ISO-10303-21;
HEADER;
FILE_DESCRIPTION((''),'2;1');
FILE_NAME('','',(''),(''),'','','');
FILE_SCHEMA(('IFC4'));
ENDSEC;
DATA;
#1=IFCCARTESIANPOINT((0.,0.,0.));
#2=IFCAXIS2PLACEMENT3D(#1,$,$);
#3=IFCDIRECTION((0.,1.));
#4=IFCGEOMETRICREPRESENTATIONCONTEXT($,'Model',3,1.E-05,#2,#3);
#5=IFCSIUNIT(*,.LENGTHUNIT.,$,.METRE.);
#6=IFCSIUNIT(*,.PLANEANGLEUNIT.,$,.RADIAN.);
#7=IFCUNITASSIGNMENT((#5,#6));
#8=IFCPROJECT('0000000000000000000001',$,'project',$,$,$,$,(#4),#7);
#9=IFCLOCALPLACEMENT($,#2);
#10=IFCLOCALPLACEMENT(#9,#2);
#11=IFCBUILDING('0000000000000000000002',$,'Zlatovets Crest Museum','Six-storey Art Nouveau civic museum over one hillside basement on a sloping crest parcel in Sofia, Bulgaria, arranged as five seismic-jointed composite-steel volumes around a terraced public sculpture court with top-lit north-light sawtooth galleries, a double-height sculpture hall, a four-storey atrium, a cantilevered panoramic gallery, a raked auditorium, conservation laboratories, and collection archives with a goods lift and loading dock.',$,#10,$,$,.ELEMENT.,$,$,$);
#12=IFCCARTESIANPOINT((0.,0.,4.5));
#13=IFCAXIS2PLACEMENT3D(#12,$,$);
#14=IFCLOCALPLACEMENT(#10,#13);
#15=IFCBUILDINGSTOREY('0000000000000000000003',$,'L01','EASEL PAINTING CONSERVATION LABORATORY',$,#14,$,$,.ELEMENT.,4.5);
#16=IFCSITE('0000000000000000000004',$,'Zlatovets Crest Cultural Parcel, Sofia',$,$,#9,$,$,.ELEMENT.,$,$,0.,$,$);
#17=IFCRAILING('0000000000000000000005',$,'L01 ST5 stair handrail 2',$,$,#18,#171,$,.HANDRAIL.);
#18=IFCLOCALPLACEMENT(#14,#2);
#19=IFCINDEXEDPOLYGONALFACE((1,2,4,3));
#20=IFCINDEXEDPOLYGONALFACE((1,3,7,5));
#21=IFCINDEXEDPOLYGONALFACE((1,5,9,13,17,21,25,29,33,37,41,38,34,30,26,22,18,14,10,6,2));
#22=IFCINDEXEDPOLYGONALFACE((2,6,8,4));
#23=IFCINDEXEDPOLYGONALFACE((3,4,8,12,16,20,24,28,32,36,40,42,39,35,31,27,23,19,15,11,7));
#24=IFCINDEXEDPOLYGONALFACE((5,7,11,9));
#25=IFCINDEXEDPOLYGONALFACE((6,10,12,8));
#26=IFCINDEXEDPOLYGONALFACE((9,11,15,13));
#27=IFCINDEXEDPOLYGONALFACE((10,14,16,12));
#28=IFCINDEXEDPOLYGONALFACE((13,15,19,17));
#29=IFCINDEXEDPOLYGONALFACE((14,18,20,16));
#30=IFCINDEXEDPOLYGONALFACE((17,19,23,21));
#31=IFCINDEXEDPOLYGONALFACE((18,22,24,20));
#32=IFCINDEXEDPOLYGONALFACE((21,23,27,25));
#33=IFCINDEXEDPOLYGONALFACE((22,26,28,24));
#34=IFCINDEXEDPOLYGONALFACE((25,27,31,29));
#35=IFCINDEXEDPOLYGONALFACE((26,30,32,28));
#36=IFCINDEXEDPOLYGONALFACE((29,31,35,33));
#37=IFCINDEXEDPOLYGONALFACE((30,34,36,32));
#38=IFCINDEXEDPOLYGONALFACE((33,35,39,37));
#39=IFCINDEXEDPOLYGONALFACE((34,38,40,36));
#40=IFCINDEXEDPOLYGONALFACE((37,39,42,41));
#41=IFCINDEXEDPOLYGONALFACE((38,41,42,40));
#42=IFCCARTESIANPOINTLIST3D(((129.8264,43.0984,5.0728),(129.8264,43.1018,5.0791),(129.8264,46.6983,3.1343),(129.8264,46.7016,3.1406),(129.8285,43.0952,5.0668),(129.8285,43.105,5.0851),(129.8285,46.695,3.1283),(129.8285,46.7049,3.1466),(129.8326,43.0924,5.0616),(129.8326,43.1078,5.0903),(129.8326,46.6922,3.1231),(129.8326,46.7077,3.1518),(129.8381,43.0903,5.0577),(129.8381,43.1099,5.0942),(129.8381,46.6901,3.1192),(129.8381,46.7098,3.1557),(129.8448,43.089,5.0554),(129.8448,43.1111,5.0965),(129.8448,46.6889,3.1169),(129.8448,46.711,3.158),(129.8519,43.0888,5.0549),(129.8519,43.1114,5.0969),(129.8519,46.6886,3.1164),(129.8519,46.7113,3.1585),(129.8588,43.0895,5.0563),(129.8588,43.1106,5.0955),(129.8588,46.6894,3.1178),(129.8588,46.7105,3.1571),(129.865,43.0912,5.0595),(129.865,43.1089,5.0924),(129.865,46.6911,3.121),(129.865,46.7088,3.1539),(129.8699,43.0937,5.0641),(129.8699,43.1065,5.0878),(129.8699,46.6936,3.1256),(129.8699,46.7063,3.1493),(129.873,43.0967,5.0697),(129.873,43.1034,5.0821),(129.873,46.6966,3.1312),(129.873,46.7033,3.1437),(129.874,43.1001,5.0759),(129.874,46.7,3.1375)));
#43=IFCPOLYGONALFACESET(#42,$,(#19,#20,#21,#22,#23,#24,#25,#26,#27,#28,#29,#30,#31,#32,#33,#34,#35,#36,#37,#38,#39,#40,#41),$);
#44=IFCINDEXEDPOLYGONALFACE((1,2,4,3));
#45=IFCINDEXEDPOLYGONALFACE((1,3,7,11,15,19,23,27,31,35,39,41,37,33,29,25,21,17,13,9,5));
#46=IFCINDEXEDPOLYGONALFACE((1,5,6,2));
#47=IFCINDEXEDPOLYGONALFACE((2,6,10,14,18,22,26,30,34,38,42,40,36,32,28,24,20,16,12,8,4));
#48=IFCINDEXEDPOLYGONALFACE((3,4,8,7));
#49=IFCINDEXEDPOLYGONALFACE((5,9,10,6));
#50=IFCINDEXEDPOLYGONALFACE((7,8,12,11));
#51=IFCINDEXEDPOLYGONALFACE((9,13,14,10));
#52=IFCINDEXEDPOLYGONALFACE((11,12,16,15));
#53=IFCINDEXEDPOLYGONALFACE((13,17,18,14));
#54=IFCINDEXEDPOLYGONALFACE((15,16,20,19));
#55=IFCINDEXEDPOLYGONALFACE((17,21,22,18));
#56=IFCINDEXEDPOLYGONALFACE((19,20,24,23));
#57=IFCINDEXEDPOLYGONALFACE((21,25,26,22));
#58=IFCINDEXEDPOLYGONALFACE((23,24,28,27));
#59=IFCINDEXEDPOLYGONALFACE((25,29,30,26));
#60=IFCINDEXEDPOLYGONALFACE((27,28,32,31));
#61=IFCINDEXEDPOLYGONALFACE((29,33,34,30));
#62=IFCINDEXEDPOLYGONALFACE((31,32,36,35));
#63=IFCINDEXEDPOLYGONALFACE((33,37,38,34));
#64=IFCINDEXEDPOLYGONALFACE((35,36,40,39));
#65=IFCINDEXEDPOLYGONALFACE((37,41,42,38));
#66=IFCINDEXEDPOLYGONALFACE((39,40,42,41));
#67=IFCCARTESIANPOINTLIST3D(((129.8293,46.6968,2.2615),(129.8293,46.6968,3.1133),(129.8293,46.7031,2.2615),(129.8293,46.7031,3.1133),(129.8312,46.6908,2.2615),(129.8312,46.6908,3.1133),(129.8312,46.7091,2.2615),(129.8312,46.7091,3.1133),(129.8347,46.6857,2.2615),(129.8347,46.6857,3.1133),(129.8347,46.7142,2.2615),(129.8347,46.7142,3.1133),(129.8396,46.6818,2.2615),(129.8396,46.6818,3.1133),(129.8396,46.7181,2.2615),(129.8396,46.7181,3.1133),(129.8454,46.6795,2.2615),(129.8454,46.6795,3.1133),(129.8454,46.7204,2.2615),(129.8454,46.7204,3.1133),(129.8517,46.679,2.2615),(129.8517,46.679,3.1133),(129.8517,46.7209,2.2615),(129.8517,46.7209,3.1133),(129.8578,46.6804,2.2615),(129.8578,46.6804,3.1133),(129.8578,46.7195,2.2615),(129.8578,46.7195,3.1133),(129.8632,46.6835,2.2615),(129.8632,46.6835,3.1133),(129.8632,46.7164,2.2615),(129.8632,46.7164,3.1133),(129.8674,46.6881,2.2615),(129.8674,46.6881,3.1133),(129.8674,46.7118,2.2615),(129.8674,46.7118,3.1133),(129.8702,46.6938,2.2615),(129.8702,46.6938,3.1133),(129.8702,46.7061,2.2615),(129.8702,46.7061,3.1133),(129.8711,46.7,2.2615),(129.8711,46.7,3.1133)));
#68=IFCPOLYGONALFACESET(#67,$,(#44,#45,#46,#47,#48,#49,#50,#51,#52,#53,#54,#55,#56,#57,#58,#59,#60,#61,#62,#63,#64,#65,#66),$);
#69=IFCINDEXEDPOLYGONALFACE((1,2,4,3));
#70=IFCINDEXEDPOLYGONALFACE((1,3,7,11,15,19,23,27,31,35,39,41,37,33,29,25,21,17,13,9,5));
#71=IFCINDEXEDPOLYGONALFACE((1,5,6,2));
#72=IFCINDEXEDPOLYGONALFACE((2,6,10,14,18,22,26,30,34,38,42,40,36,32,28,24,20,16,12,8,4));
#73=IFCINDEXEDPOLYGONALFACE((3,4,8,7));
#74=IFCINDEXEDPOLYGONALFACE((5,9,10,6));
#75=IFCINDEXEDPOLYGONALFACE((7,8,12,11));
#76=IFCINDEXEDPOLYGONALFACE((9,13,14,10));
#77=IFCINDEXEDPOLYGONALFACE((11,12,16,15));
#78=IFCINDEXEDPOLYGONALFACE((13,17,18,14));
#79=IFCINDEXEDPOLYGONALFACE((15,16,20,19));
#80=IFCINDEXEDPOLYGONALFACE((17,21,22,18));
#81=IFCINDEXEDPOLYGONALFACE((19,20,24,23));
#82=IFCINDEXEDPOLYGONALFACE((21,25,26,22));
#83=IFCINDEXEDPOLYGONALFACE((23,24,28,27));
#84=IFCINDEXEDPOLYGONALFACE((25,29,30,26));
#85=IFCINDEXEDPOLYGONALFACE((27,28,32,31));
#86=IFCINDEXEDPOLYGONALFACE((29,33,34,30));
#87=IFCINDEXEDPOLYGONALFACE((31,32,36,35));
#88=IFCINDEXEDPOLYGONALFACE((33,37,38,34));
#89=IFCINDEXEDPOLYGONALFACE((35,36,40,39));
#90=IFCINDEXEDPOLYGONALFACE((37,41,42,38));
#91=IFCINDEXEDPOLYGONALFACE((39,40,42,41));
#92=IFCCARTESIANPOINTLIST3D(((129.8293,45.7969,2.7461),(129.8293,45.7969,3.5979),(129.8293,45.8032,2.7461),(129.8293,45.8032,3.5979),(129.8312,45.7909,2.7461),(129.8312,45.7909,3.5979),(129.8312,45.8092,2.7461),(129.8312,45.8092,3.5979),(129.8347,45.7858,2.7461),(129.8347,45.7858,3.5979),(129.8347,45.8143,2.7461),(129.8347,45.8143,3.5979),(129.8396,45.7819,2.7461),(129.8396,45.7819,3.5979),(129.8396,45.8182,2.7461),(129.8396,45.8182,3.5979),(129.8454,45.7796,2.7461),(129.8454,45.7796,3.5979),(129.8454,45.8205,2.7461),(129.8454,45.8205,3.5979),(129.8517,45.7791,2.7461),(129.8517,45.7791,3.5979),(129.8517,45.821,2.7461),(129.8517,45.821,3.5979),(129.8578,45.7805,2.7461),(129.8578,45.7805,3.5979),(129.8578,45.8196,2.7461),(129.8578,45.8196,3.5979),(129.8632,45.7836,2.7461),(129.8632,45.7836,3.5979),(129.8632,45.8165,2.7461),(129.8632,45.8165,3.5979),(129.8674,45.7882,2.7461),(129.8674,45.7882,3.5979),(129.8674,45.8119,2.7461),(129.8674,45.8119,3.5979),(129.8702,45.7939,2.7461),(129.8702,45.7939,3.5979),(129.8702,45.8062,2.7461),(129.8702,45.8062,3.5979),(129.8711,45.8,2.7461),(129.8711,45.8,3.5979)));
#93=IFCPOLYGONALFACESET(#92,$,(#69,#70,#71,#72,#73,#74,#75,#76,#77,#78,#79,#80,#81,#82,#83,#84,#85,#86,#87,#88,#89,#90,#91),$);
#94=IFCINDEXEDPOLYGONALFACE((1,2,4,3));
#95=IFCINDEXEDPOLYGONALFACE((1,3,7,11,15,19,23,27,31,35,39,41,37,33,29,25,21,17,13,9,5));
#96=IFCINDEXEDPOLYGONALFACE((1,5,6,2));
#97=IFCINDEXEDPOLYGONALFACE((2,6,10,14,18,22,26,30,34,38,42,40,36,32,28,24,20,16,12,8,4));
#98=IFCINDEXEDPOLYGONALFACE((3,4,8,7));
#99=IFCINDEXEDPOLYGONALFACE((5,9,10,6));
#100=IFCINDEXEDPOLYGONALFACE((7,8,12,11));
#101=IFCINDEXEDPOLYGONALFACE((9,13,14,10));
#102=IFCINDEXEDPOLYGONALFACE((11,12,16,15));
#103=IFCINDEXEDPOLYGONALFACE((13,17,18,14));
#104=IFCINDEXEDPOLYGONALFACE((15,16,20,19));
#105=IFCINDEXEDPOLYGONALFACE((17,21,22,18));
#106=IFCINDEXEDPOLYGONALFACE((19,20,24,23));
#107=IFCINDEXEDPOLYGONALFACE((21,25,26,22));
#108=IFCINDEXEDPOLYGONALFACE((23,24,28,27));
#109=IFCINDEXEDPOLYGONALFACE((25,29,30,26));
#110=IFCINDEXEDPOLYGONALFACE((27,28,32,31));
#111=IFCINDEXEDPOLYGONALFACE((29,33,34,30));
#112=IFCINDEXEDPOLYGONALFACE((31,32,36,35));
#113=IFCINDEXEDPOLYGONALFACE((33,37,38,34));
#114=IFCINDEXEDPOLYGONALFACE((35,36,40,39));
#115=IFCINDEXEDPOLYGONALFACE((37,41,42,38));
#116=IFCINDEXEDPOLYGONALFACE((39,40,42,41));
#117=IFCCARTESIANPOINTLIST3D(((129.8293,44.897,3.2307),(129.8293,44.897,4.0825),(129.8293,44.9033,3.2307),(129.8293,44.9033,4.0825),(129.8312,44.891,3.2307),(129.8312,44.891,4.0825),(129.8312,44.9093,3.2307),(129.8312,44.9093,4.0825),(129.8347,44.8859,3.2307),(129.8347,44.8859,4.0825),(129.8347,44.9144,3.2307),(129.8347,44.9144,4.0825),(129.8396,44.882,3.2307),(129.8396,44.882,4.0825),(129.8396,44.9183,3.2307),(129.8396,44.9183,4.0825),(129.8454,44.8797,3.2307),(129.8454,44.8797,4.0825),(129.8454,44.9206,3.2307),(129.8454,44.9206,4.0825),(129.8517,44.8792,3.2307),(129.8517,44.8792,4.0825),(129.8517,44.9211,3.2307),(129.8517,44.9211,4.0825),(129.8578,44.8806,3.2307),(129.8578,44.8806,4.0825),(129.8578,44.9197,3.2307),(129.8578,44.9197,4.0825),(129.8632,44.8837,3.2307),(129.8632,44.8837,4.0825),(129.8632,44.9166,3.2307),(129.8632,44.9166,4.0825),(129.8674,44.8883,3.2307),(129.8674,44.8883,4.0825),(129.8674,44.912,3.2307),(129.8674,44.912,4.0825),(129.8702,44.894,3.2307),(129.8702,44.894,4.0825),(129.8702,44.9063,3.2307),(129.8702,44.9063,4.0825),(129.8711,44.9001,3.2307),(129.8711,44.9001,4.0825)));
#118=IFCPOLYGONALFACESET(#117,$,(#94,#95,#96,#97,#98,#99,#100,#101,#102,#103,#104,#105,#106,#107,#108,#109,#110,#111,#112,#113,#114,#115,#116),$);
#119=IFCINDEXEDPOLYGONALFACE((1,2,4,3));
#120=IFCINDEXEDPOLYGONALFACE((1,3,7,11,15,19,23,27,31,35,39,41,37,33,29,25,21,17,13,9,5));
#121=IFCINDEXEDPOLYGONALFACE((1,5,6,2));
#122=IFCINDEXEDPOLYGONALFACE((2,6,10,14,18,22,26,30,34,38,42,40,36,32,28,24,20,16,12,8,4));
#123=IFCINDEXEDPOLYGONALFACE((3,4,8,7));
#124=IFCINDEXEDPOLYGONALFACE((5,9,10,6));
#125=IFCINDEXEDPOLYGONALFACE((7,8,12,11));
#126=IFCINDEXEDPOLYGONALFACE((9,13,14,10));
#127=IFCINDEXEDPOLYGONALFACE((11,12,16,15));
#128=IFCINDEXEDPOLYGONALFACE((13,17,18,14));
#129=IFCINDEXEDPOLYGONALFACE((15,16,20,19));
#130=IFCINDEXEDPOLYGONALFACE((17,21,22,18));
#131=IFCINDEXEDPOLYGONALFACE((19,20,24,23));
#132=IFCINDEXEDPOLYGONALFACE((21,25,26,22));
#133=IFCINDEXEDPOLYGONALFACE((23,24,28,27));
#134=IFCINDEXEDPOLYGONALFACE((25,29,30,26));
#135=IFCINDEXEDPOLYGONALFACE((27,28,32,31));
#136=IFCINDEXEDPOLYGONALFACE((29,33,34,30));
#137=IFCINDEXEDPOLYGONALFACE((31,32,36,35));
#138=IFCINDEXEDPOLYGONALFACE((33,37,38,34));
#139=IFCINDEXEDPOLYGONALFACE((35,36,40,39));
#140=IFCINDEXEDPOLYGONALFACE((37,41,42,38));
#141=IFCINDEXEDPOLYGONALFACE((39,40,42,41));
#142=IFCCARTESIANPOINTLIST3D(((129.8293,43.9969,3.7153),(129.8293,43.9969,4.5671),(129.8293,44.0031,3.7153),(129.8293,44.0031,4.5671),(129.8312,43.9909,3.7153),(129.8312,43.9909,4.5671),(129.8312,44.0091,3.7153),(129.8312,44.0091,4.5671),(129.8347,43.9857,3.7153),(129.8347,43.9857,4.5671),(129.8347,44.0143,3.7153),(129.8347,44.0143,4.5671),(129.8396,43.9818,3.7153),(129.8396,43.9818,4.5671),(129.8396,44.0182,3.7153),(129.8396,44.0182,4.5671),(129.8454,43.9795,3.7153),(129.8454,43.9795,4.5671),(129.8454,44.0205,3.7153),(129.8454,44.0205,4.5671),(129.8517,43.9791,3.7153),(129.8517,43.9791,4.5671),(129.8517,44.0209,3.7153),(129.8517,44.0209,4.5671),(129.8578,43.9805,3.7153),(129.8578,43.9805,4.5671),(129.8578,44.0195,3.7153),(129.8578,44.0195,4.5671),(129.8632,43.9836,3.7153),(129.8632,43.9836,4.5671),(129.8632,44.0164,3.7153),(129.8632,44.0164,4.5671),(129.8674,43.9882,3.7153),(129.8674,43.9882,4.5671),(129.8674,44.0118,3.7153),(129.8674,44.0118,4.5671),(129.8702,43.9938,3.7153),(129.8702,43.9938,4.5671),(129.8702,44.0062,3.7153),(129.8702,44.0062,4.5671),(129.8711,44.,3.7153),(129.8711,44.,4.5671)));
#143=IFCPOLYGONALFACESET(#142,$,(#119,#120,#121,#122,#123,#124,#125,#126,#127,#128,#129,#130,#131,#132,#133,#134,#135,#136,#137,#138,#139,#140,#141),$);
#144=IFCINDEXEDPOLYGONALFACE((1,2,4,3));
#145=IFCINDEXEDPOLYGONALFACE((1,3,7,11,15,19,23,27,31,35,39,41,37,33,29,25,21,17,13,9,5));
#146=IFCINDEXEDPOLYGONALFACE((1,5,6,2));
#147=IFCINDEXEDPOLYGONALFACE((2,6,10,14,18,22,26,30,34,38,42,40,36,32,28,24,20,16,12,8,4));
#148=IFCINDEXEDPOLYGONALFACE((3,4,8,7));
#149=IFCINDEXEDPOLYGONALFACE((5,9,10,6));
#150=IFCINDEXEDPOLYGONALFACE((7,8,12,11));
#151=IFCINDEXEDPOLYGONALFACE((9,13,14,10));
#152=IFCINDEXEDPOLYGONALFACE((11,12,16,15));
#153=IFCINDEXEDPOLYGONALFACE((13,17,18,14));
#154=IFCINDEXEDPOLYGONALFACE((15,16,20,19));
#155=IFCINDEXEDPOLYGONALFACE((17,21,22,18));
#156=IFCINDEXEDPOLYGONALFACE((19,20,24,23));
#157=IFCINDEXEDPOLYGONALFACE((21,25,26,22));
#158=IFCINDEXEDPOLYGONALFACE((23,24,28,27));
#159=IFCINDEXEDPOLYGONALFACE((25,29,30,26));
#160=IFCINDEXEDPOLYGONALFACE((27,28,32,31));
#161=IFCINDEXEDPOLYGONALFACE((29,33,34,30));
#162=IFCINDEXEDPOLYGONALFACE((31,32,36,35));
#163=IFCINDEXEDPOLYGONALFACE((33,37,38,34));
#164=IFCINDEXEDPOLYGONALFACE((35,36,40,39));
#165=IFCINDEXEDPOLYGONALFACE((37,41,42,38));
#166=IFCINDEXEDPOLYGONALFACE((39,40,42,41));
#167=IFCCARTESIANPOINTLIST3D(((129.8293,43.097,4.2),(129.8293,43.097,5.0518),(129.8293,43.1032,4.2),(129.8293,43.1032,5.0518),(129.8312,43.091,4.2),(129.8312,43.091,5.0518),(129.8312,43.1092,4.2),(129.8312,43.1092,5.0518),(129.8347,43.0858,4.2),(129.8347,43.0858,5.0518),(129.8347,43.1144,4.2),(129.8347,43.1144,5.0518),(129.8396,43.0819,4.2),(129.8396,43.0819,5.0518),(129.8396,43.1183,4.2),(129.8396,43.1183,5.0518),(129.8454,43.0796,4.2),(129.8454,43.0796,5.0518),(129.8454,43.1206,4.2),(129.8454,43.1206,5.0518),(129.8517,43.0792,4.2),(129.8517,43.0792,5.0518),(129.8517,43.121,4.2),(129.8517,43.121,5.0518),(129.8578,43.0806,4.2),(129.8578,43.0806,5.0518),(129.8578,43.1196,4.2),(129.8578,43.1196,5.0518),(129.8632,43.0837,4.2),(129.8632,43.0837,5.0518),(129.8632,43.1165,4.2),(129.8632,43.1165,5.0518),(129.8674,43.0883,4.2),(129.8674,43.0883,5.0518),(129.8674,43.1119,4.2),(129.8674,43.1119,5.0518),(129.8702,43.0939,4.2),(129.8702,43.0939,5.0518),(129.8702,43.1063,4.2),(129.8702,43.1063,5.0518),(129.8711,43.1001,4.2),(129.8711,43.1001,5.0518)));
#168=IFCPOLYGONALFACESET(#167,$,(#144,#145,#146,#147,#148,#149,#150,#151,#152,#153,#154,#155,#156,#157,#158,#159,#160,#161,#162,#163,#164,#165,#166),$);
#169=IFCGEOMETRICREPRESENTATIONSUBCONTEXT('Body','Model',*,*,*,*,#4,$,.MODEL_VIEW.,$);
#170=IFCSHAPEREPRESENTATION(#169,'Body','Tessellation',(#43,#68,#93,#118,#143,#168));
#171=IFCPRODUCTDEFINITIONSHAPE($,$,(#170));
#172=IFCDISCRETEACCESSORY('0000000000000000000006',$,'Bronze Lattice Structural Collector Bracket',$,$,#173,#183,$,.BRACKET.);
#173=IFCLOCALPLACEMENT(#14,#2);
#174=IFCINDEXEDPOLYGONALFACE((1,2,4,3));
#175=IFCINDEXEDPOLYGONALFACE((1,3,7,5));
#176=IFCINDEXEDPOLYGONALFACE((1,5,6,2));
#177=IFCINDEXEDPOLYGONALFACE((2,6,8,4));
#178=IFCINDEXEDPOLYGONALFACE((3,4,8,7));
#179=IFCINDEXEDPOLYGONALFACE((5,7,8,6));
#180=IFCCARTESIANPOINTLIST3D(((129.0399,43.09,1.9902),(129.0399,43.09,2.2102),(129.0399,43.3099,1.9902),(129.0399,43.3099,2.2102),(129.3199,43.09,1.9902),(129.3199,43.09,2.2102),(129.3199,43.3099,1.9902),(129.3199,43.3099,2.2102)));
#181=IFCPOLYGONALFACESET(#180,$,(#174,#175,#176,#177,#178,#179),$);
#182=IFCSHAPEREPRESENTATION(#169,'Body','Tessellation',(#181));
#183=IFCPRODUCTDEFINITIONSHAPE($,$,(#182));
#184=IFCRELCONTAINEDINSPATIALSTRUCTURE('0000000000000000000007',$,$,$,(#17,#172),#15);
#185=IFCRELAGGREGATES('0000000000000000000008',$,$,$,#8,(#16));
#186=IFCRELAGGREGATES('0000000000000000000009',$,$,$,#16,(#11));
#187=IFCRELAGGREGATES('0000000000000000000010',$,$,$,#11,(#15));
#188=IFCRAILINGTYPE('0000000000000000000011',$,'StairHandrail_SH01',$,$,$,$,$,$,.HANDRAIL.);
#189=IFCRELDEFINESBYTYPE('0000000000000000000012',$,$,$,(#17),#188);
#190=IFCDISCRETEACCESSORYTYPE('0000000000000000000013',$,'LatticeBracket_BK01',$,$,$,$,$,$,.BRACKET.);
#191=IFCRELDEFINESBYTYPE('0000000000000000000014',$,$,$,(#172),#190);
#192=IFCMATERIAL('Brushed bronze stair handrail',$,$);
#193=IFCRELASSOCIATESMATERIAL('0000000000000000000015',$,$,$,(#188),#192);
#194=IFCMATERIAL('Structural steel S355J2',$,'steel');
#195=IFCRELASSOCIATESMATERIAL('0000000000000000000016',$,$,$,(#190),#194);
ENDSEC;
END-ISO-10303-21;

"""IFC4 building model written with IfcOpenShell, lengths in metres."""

from ifc_helpers import new_model, si_unit, direction, frame, origin, origin_2d, place, context, subcontext, project, spatial, rectangle, circle, extrude, material, type_object, element, save


model = new_model("IFC4")

# Units and contexts
model_context = context("Model", 3, precision=1e-05, world=origin(), true_north=direction((0.0, 1.0)))
body_context = subcontext(model_context, "Body", "Model", "MODEL_VIEW")
ifc_project = project(units=[si_unit("LENGTHUNIT", "METRE"), si_unit("PLANEANGLEUNIT", "RADIAN")], contexts=[model_context])

# Site, building, storey
site_placement = place(None, origin())
site = spatial("IfcSite", under=ifc_project, at=site_placement, Name="Zlatovets Crest Cultural Parcel, Sofia", CompositionType="ELEMENT", RefElevation=0.0)
building_placement = place(site_placement, origin())
building = spatial("IfcBuilding", under=site, at=building_placement, Name="Zlatovets Crest Museum", Description="Six-storey Art Nouveau civic museum over one hillside basement on a sloping crest parcel in Sofia, Bulgaria, arranged as five seismic-jointed composite-steel volumes around a terraced public sculpture court with top-lit north-light sawtooth galleries, a double-height sculpture hall, a four-storey atrium, a cantilevered panoramic gallery, a raked auditorium, conservation laboratories, and collection archives with a goods lift and loading dock.", CompositionType="ELEMENT")
storey_placement = place(building_placement, frame((0.0, 0.0, 4.5)))
storey = spatial("IfcBuildingStorey", under=building, at=storey_placement, Name="L01", Description="EASEL PAINTING CONSERVATION LABORATORY", CompositionType="ELEMENT", Elevation=4.5)

# Shared definitions
ifc_material_1 = material(Name="Structural steel S355J2", Category="steel")

# Railing
ifc_material_2 = material(Name="Brushed bronze stair handrail")
railing_type_1 = type_object("IfcRailingType", Name="StairHandrail_SH01", PredefinedType="HANDRAIL", material=ifc_material_2)
railing_1_placement = place(storey_placement, frame((129.8501, 46.7, 2.2615)))
element("IfcRailing", 1, at=railing_1_placement, inside=storey, type_object=railing_type_1, Name="L01 ST5 stair handrail 2", PredefinedType="HANDRAIL", context=body_context, shape_type="SweptSolid", body=[
    extrude(circle(Radius=0.0239, at=origin_2d()), frame((0.0, 0.0, 0.876), z_axis=(0.0, -0.880462, 0.474118), x_axis=(1.0, 0.0, 0.0)), (0.0, 0.0, 1.0), 4.0886),
    extrude(circle(Radius=0.021, at=origin_2d()), origin(), (0.0, 0.0, 1.0), 0.8518),
    extrude(circle(Radius=0.021, at=origin_2d()), frame((0.0, -0.8999, 0.4846)), (0.0, 0.0, 1.0), 0.8518),
    extrude(circle(Radius=0.021, at=origin_2d()), frame((0.0, -1.7998, 0.9692)), (0.0, 0.0, 1.0), 0.8518),
    extrude(circle(Radius=0.021, at=origin_2d()), frame((0.0, -2.7, 1.4539)), (0.0, 0.0, 1.0), 0.8518),
    extrude(circle(Radius=0.021, at=origin_2d()), frame((0.0, -3.5999, 1.9385)), (0.0, 0.0, 1.0), 0.8518),
])

# Discrete accessory
discrete_accessory_type = type_object("IfcDiscreteAccessoryType", Name="LatticeBracket_BK01", PredefinedType="BRACKET", material=ifc_material_1)
discrete_accessory_placement = place(storey_placement, frame((129.1799, 43.2, 1.9902), z_axis=(0.0, 0.0, 1.0), x_axis=(1.0, 0.0, 0.0)))
element("IfcDiscreteAccessory", 2, at=discrete_accessory_placement, inside=storey, type_object=discrete_accessory_type, Name="Bronze Lattice Structural Collector Bracket", PredefinedType="BRACKET", context=body_context, shape_type="SweptSolid", body=[
    extrude(rectangle(XDim=0.28, YDim=0.22, at=origin_2d()), origin(), (0.0, 0.0, 1.0), 0.22),
])

save(model, "model.ifc")
